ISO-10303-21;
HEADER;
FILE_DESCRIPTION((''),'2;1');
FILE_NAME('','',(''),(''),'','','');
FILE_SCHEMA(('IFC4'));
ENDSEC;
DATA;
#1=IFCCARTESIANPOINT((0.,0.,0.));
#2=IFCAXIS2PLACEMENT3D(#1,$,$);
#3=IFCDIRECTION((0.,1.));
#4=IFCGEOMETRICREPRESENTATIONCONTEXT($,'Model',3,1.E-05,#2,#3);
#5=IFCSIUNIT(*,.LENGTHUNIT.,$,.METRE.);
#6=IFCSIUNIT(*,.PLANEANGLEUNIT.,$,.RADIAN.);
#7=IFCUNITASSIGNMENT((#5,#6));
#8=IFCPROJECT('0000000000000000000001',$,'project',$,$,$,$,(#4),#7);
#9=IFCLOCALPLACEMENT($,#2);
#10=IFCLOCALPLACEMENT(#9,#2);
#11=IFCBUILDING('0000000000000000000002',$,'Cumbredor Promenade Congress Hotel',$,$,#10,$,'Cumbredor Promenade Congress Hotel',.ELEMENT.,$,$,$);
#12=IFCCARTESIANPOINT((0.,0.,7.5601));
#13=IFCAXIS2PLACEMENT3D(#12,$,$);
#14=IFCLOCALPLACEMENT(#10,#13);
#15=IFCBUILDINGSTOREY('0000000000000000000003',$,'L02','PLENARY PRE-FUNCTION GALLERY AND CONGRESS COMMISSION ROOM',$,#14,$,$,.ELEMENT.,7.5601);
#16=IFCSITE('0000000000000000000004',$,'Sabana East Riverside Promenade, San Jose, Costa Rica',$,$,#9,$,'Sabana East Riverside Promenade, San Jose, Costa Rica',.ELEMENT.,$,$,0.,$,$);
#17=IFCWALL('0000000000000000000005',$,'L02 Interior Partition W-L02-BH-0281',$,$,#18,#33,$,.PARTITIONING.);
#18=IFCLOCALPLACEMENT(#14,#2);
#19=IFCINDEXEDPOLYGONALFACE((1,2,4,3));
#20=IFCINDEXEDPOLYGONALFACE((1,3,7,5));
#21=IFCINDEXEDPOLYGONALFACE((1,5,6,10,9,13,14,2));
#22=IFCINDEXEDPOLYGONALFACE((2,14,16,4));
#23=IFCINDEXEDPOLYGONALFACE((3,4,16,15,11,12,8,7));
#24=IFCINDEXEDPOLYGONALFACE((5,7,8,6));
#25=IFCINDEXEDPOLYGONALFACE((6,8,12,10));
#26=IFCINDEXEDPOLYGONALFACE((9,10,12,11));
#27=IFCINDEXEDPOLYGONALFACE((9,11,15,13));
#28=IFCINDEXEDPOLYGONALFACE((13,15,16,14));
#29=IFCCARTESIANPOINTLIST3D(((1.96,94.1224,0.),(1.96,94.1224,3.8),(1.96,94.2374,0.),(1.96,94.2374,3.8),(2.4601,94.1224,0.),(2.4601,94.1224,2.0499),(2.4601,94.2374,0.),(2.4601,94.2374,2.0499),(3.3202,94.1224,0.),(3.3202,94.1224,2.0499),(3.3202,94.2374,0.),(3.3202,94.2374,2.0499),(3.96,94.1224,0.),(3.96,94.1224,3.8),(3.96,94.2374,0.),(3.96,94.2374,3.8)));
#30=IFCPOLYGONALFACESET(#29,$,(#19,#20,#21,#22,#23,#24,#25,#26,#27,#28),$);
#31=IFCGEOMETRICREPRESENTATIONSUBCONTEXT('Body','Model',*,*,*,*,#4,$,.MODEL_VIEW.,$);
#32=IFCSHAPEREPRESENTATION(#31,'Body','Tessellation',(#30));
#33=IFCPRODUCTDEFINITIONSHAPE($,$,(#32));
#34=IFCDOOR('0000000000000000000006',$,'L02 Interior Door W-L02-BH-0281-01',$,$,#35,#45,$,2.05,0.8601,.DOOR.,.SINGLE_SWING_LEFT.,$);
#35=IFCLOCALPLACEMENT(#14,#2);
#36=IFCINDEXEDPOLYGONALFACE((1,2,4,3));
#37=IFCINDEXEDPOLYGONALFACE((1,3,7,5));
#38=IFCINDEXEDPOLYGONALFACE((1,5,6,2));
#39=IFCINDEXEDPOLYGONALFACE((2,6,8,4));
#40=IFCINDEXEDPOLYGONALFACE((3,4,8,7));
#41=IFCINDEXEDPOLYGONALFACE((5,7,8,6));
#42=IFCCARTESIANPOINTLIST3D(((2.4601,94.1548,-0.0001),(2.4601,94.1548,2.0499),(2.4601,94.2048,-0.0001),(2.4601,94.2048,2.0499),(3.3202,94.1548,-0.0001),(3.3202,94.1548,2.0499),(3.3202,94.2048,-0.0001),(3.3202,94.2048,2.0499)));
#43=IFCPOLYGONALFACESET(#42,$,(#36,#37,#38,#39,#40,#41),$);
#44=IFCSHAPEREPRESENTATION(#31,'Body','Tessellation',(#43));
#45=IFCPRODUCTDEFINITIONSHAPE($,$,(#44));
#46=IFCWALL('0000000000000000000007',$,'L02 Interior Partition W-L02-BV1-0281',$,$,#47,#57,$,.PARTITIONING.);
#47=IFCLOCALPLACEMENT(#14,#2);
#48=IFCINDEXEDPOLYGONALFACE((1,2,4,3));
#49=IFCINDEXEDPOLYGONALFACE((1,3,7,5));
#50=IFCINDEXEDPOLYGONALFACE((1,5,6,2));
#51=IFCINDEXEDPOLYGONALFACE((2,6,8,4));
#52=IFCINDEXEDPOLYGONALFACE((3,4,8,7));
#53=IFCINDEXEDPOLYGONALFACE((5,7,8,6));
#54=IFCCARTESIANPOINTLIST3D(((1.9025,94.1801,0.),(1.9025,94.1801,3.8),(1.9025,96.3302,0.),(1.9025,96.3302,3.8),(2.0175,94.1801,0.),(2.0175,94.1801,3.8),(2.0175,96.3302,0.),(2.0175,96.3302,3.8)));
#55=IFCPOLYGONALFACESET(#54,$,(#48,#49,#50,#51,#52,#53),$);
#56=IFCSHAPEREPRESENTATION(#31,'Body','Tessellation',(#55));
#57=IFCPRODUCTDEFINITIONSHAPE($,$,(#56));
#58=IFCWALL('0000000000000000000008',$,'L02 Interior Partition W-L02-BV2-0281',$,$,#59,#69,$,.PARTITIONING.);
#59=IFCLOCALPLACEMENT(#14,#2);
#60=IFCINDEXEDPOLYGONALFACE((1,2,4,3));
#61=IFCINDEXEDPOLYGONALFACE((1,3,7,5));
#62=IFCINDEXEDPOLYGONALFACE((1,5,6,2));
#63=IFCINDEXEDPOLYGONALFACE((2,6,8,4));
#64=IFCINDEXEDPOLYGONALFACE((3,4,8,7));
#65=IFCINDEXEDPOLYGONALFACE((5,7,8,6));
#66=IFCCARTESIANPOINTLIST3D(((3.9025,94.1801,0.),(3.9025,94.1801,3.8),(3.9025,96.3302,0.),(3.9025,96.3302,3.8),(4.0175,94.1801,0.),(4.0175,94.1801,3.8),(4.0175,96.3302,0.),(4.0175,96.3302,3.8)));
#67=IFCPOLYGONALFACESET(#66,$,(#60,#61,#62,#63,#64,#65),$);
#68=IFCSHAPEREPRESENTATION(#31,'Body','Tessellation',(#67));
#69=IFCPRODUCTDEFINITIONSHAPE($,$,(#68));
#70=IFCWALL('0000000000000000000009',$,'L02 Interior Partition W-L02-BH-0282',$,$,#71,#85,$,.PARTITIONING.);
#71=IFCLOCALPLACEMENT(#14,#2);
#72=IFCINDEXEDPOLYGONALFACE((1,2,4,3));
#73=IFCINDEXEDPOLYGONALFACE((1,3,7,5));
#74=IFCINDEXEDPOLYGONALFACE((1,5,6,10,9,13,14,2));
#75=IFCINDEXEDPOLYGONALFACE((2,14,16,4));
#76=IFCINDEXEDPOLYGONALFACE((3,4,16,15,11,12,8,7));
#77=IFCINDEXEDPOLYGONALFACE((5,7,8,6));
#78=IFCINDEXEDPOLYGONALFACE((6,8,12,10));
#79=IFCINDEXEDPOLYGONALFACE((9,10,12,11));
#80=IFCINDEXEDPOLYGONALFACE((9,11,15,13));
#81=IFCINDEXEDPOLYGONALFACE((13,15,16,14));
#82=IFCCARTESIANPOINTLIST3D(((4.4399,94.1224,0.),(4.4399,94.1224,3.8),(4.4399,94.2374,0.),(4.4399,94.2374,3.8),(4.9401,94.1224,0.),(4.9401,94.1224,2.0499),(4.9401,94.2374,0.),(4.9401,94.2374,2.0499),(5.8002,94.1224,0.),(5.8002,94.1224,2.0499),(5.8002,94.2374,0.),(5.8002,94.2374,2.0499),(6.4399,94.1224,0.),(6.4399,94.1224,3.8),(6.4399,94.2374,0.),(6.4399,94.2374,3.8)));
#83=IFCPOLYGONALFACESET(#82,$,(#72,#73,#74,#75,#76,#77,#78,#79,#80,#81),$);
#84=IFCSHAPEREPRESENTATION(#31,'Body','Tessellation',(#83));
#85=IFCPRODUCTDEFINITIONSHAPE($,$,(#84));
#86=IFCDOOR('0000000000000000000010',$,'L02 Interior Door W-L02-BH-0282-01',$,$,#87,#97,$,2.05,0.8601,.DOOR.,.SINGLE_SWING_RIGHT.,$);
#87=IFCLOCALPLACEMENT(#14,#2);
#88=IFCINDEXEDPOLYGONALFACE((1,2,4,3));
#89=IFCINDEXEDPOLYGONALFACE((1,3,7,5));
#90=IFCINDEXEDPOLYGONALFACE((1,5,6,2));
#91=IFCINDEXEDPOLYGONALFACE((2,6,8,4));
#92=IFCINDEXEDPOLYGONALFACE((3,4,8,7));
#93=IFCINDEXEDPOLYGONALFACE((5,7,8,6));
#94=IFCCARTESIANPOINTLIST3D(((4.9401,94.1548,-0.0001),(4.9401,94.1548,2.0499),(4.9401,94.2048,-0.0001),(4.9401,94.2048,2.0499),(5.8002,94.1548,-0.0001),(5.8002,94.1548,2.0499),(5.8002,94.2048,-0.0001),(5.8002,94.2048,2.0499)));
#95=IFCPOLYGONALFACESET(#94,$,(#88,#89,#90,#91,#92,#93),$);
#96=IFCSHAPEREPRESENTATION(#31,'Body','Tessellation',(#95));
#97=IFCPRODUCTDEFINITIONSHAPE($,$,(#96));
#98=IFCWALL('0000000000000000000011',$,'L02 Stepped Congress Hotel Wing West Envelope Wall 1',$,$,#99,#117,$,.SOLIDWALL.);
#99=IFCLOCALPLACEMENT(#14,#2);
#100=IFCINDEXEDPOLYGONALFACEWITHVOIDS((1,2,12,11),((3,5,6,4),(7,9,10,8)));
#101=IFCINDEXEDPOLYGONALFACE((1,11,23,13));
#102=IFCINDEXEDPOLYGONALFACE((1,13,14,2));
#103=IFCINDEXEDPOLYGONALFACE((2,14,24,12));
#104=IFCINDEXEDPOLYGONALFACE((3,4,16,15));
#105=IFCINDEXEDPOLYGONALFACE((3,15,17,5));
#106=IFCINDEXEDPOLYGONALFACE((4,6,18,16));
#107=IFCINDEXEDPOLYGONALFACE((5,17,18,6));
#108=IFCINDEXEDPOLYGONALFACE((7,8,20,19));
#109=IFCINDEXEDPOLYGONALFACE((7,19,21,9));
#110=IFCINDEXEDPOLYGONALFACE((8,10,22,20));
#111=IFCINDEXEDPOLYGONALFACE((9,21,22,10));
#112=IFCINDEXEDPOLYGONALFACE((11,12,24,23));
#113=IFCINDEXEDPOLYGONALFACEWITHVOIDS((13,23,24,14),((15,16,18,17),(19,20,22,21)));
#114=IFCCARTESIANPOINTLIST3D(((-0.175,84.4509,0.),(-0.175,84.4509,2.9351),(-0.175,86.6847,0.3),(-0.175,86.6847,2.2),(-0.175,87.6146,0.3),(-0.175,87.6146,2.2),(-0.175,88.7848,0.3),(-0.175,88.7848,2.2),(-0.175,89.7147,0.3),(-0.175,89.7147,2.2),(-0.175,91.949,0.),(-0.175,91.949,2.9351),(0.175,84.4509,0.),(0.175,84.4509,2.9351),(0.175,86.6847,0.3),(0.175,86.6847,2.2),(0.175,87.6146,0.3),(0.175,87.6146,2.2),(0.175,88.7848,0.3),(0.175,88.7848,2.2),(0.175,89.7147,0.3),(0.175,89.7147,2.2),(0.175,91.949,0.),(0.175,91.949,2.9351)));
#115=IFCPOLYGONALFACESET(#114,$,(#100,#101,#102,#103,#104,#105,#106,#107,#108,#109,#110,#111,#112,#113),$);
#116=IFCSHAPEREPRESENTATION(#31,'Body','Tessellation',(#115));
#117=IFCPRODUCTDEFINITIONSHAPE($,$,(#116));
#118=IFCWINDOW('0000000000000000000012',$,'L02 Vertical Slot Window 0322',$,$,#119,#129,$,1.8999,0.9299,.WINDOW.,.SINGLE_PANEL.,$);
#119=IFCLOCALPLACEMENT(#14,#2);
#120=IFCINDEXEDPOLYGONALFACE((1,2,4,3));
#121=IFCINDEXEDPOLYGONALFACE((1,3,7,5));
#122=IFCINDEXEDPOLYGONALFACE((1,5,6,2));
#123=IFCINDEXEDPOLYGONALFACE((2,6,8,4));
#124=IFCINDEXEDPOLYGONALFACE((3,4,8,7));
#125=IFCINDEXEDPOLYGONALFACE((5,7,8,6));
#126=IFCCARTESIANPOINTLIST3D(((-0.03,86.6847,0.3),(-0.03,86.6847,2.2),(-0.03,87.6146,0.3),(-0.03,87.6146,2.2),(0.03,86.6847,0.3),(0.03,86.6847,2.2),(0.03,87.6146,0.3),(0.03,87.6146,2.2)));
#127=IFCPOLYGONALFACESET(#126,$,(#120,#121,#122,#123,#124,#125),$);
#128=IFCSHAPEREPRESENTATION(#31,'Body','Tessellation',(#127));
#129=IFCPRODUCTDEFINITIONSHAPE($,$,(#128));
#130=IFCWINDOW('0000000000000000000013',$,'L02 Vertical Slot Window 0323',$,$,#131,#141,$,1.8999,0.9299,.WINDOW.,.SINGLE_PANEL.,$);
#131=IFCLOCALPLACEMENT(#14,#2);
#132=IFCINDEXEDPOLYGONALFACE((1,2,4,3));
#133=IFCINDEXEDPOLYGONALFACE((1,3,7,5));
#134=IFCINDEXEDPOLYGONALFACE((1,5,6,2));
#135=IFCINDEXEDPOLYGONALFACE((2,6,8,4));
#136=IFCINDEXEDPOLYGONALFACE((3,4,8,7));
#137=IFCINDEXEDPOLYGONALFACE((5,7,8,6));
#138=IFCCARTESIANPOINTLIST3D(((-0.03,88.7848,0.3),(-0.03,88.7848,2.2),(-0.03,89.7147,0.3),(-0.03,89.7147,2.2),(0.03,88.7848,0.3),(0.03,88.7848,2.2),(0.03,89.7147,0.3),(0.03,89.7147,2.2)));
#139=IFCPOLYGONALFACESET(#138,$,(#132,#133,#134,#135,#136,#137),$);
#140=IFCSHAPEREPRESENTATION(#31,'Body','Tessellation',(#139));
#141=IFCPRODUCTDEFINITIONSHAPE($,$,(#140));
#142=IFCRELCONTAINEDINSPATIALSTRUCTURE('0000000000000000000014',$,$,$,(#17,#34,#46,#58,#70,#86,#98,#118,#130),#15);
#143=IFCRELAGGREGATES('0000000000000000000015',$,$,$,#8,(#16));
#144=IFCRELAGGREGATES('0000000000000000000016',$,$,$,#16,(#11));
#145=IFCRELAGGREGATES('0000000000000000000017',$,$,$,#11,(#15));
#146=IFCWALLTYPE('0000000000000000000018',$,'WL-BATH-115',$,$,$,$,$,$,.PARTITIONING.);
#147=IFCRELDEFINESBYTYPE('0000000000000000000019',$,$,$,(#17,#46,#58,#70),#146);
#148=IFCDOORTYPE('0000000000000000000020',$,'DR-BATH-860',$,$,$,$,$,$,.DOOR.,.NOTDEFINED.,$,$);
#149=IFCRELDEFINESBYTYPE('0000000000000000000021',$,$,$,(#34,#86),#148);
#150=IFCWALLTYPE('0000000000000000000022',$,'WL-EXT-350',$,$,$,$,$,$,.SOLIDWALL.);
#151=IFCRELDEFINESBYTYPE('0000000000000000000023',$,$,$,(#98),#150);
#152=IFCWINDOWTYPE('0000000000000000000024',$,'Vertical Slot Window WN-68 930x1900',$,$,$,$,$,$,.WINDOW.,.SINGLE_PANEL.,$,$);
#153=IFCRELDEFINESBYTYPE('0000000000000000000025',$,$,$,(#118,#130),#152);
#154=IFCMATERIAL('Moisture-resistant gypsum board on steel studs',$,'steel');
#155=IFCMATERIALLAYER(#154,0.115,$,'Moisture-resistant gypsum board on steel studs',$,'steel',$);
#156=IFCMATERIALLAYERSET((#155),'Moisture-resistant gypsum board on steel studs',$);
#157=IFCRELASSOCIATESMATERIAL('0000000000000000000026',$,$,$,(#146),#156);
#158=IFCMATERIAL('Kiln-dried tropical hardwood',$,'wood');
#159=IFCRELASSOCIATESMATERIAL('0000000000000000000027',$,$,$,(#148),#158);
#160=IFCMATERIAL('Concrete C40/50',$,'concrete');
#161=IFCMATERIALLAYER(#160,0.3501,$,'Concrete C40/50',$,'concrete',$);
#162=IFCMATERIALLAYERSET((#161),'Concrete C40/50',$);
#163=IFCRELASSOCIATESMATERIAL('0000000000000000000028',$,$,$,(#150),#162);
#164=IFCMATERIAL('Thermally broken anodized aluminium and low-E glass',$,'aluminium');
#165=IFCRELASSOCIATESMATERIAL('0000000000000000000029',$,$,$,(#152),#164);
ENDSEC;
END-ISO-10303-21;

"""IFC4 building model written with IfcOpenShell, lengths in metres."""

from ifc_helpers import new_model, si_unit, direction, frame, frame_2d, origin, place, context, subcontext, project, spatial, rectangle, extrude, material, layer, layer_set, type_object, element, fill, save


model = new_model("IFC4")

# Units and contexts
model_context = context("Model", 3, precision=1e-05, world=origin(), true_north=direction((0.0, 1.0)))
body_context = subcontext(model_context, "Body", "Model", "MODEL_VIEW")
ifc_project = project(units=[si_unit("LENGTHUNIT", "METRE"), si_unit("PLANEANGLEUNIT", "RADIAN")], contexts=[model_context])

# Site, building, storey
site_placement = place(None, origin())
site = spatial("IfcSite", under=ifc_project, at=site_placement, Name="Sabana East Riverside Promenade, San Jose, Costa Rica", LongName="Sabana East Riverside Promenade, San Jose, Costa Rica", CompositionType="ELEMENT", RefElevation=0.0)
building_placement = place(site_placement, origin())
building = spatial("IfcBuilding", under=site, at=building_placement, Name="Cumbredor Promenade Congress Hotel", LongName="Cumbredor Promenade Congress Hotel", CompositionType="ELEMENT")
storey_placement = place(building_placement, frame((0.0, 0.0, 7.5601)))
storey = spatial("IfcBuildingStorey", under=building, at=storey_placement, Name="L02", Description="PLENARY PRE-FUNCTION GALLERY AND CONGRESS COMMISSION ROOM", CompositionType="ELEMENT", Elevation=7.5601)

# Shared definitions
ifc_material_1 = material(Name="Concrete C40/50", Category="concrete")

# Shared definitions
ifc_material_2 = material(Name="Thermally broken anodized aluminium and low-E glass", Category="aluminium")

# Wall, opening, door
ifc_material_3 = material(Name="Moisture-resistant gypsum board on steel studs", Category="steel")
ifc_layer_1 = layer(ifc_material_3, 0.115, Name="Moisture-resistant gypsum board on steel studs", Category="steel")
ifc_layer_set_1 = layer_set([ifc_layer_1], Name="Moisture-resistant gypsum board on steel studs")
wall_type_1 = type_object("IfcWallType", Name="WL-BATH-115", PredefinedType="PARTITIONING", material=ifc_layer_set_1)
wall_1_placement = place(storey_placement, frame((1.96, 94.1799, 0.0), z_axis=(0.0, 0.0, 1.0), x_axis=(1.0, 0.0, 0.0)))
wall_1 = element("IfcWall", 1, at=wall_1_placement, inside=storey, type_object=wall_type_1, Name="L02 Interior Partition W-L02-BH-0281", PredefinedType="PARTITIONING", context=body_context, shape_type="SweptSolid", body=[
    extrude(rectangle(XDim=2.0, YDim=0.115, at=frame_2d((1.0, 0.0))), origin(), (0.0, 0.0, 1.0), 3.8),
])
opening_1_placement = place(wall_1_placement, frame((0.5, 0.0, 0.0)))
opening_1 = element("IfcOpeningElement", 2, at=opening_1_placement, cuts=wall_1, PredefinedType="OPENING", context=body_context, shape_type="SweptSolid", body=[
    extrude(rectangle(XDim=0.8601, YDim=2.05, at=frame_2d((0.4302, 1.0249))), frame((0.0, 0.0674, 0.0), z_axis=(0.0, -1.0, 0.0), x_axis=(1.0, 0.0, 0.0)), (0.0, 0.0, 1.0), 0.135),
])
ifc_material_4 = material(Name="Kiln-dried tropical hardwood", Category="wood")
door_type = type_object("IfcDoorType", Name="DR-BATH-860", OperationType="NOTDEFINED", PredefinedType="DOOR", material=ifc_material_4)
door_1_placement = place(opening_1_placement, origin())
door_1 = element("IfcDoor", 3, at=door_1_placement, inside=storey, type_object=door_type, Name="L02 Interior Door W-L02-BH-0281-01", OperationType="SINGLE_SWING_LEFT", OverallHeight=2.05, OverallWidth=0.8601, PredefinedType="DOOR", context=body_context, shape_type="SweptSolid", body=[
    extrude(rectangle(XDim=0.8601, YDim=2.05, at=frame_2d((0.4302, 1.0249))), frame((0.0, 0.0249, 0.0), z_axis=(0.0, -1.0, 0.0), x_axis=(1.0, 0.0, 0.0)), (0.0, 0.0, 1.0), 0.05),
])
fill(opening_1, door_1)

# Walls
for number, where, z_axis, x_axis, name in (
    (4, (1.96, 94.1799, 0.0), (0.0, 0.0, 1.0), (0.0, 1.0, 0.0), "L02 Interior Partition W-L02-BV1-0281"),
    (5, (3.96, 94.1799, 0.0), (0.0, 0.0, 1.0), (0.0, 1.0, 0.0), "L02 Interior Partition W-L02-BV2-0281"),
):
    element("IfcWall", number, at=place(storey_placement, frame(where, z_axis=z_axis, x_axis=x_axis)), inside=storey, type_object=wall_type_1, Name=name, PredefinedType="PARTITIONING", context=body_context, shape_type="SweptSolid", body=[
        extrude(rectangle(XDim=2.1501, YDim=0.115, at=frame_2d((1.0752, 0.0))), origin(), (0.0, 0.0, 1.0), 3.8),
    ])

# Wall, opening, door
wall_2_placement = place(storey_placement, frame((4.4399, 94.1799, 0.0), z_axis=(0.0, 0.0, 1.0), x_axis=(1.0, 0.0, 0.0)))
wall_2 = element("IfcWall", 6, at=wall_2_placement, inside=storey, type_object=wall_type_1, Name="L02 Interior Partition W-L02-BH-0282", PredefinedType="PARTITIONING", context=body_context, shape_type="SweptSolid", body=[
    extrude(rectangle(XDim=2.0, YDim=0.115, at=frame_2d((1.0, 0.0))), origin(), (0.0, 0.0, 1.0), 3.8),
])
opening_2_placement = place(wall_2_placement, frame((0.5, 0.0, 0.0)))
opening_2 = element("IfcOpeningElement", 7, at=opening_2_placement, cuts=wall_2, PredefinedType="OPENING", context=body_context, shape_type="SweptSolid", body=[
    extrude(rectangle(XDim=0.8601, YDim=2.05, at=frame_2d((0.4302, 1.0249))), frame((0.0, 0.0674, 0.0), z_axis=(0.0, -1.0, 0.0), x_axis=(1.0, 0.0, 0.0)), (0.0, 0.0, 1.0), 0.135),
])
door_2_placement = place(opening_2_placement, origin())
door_2 = element("IfcDoor", 8, at=door_2_placement, inside=storey, type_object=door_type, Name="L02 Interior Door W-L02-BH-0282-01", OperationType="SINGLE_SWING_RIGHT", OverallHeight=2.05, OverallWidth=0.8601, PredefinedType="DOOR", context=body_context, shape_type="SweptSolid", body=[
    extrude(rectangle(XDim=0.8601, YDim=2.05, at=frame_2d((0.4302, 1.0249))), frame((0.0, 0.0249, 0.0), z_axis=(0.0, -1.0, 0.0), x_axis=(1.0, 0.0, 0.0)), (0.0, 0.0, 1.0), 0.05),
])
fill(opening_2, door_2)

# Wall, openings, windows
ifc_layer_2 = layer(ifc_material_1, 0.3501, Name="Concrete C40/50", Category="concrete")
ifc_layer_set_2 = layer_set([ifc_layer_2], Name="Concrete C40/50")
wall_type_2 = type_object("IfcWallType", Name="WL-EXT-350", PredefinedType="SOLIDWALL", material=ifc_layer_set_2)
wall_3_placement = place(storey_placement, frame((0.0, 84.4509, 0.0), z_axis=(0.0, 0.0, 1.0), x_axis=(0.0, 1.0, 0.0)))
wall_3 = element("IfcWall", 9, at=wall_3_placement, inside=storey, type_object=wall_type_2, Name="L02 Stepped Congress Hotel Wing West Envelope Wall 1", PredefinedType="SOLIDWALL", context=body_context, shape_type="SweptSolid", body=[
    extrude(rectangle(XDim=7.498, YDim=0.3501, at=frame_2d((3.749, 0.0))), origin(), (0.0, 0.0, 1.0), 2.9351),
])
opening_3_placement = place(wall_3_placement, frame((2.2339, 0.0, 0.3)))
opening_3 = element("IfcOpeningElement", 10, at=opening_3_placement, cuts=wall_3, PredefinedType="OPENING", context=body_context, shape_type="SweptSolid", body=[
    extrude(rectangle(XDim=0.9299, YDim=1.8999, at=frame_2d((0.4648, 0.95))), frame((0.0, 0.1851, 0.0), z_axis=(0.0, -1.0, 0.0), x_axis=(1.0, 0.0, 0.0)), (0.0, 0.0, 1.0), 0.3701),
])
opening_4_placement = place(wall_3_placement, frame((4.334, 0.0, 0.3)))
opening_4 = element("IfcOpeningElement", 11, at=opening_4_placement, cuts=wall_3, PredefinedType="OPENING", context=body_context, shape_type="SweptSolid", body=[
    extrude(rectangle(XDim=0.9299, YDim=1.8999, at=frame_2d((0.4648, 0.95))), frame((0.0, 0.1851, 0.0), z_axis=(0.0, -1.0, 0.0), x_axis=(1.0, 0.0, 0.0)), (0.0, 0.0, 1.0), 0.3701),
])
window_type_1 = type_object("IfcWindowType", Name="Vertical Slot Window WN-68 930x1900", PartitioningType="SINGLE_PANEL", PredefinedType="WINDOW", material=ifc_material_2)
window_1_placement = place(opening_3_placement, origin())
window_1 = element("IfcWindow", 12, at=window_1_placement, inside=storey, type_object=window_type_1, Name="L02 Vertical Slot Window 0322", OverallHeight=1.8999, OverallWidth=0.9299, PartitioningType="SINGLE_PANEL", PredefinedType="WINDOW", context=body_context, shape_type="SweptSolid", body=[
    extrude(rectangle(XDim=0.9299, YDim=1.8999, at=frame_2d((0.4648, 0.95))), frame((0.0, 0.03, 0.0), z_axis=(0.0, -1.0, 0.0), x_axis=(1.0, 0.0, 0.0)), (0.0, 0.0, 1.0), 0.0601),
])
fill(opening_3, window_1)
window_2_placement = place(opening_4_placement, origin())
window_2 = element("IfcWindow", 13, at=window_2_placement, inside=storey, type_object=window_type_1, Name="L02 Vertical Slot Window 0323", OverallHeight=1.8999, OverallWidth=0.9299, PartitioningType="SINGLE_PANEL", PredefinedType="WINDOW", context=body_context, shape_type="SweptSolid", body=[
    extrude(rectangle(XDim=0.9299, YDim=1.8999, at=frame_2d((0.4648, 0.95))), frame((0.0, 0.03, 0.0), z_axis=(0.0, -1.0, 0.0), x_axis=(1.0, 0.0, 0.0)), (0.0, 0.0, 1.0), 0.0601),
])
fill(opening_4, window_2)

save(model, "model.ifc")
